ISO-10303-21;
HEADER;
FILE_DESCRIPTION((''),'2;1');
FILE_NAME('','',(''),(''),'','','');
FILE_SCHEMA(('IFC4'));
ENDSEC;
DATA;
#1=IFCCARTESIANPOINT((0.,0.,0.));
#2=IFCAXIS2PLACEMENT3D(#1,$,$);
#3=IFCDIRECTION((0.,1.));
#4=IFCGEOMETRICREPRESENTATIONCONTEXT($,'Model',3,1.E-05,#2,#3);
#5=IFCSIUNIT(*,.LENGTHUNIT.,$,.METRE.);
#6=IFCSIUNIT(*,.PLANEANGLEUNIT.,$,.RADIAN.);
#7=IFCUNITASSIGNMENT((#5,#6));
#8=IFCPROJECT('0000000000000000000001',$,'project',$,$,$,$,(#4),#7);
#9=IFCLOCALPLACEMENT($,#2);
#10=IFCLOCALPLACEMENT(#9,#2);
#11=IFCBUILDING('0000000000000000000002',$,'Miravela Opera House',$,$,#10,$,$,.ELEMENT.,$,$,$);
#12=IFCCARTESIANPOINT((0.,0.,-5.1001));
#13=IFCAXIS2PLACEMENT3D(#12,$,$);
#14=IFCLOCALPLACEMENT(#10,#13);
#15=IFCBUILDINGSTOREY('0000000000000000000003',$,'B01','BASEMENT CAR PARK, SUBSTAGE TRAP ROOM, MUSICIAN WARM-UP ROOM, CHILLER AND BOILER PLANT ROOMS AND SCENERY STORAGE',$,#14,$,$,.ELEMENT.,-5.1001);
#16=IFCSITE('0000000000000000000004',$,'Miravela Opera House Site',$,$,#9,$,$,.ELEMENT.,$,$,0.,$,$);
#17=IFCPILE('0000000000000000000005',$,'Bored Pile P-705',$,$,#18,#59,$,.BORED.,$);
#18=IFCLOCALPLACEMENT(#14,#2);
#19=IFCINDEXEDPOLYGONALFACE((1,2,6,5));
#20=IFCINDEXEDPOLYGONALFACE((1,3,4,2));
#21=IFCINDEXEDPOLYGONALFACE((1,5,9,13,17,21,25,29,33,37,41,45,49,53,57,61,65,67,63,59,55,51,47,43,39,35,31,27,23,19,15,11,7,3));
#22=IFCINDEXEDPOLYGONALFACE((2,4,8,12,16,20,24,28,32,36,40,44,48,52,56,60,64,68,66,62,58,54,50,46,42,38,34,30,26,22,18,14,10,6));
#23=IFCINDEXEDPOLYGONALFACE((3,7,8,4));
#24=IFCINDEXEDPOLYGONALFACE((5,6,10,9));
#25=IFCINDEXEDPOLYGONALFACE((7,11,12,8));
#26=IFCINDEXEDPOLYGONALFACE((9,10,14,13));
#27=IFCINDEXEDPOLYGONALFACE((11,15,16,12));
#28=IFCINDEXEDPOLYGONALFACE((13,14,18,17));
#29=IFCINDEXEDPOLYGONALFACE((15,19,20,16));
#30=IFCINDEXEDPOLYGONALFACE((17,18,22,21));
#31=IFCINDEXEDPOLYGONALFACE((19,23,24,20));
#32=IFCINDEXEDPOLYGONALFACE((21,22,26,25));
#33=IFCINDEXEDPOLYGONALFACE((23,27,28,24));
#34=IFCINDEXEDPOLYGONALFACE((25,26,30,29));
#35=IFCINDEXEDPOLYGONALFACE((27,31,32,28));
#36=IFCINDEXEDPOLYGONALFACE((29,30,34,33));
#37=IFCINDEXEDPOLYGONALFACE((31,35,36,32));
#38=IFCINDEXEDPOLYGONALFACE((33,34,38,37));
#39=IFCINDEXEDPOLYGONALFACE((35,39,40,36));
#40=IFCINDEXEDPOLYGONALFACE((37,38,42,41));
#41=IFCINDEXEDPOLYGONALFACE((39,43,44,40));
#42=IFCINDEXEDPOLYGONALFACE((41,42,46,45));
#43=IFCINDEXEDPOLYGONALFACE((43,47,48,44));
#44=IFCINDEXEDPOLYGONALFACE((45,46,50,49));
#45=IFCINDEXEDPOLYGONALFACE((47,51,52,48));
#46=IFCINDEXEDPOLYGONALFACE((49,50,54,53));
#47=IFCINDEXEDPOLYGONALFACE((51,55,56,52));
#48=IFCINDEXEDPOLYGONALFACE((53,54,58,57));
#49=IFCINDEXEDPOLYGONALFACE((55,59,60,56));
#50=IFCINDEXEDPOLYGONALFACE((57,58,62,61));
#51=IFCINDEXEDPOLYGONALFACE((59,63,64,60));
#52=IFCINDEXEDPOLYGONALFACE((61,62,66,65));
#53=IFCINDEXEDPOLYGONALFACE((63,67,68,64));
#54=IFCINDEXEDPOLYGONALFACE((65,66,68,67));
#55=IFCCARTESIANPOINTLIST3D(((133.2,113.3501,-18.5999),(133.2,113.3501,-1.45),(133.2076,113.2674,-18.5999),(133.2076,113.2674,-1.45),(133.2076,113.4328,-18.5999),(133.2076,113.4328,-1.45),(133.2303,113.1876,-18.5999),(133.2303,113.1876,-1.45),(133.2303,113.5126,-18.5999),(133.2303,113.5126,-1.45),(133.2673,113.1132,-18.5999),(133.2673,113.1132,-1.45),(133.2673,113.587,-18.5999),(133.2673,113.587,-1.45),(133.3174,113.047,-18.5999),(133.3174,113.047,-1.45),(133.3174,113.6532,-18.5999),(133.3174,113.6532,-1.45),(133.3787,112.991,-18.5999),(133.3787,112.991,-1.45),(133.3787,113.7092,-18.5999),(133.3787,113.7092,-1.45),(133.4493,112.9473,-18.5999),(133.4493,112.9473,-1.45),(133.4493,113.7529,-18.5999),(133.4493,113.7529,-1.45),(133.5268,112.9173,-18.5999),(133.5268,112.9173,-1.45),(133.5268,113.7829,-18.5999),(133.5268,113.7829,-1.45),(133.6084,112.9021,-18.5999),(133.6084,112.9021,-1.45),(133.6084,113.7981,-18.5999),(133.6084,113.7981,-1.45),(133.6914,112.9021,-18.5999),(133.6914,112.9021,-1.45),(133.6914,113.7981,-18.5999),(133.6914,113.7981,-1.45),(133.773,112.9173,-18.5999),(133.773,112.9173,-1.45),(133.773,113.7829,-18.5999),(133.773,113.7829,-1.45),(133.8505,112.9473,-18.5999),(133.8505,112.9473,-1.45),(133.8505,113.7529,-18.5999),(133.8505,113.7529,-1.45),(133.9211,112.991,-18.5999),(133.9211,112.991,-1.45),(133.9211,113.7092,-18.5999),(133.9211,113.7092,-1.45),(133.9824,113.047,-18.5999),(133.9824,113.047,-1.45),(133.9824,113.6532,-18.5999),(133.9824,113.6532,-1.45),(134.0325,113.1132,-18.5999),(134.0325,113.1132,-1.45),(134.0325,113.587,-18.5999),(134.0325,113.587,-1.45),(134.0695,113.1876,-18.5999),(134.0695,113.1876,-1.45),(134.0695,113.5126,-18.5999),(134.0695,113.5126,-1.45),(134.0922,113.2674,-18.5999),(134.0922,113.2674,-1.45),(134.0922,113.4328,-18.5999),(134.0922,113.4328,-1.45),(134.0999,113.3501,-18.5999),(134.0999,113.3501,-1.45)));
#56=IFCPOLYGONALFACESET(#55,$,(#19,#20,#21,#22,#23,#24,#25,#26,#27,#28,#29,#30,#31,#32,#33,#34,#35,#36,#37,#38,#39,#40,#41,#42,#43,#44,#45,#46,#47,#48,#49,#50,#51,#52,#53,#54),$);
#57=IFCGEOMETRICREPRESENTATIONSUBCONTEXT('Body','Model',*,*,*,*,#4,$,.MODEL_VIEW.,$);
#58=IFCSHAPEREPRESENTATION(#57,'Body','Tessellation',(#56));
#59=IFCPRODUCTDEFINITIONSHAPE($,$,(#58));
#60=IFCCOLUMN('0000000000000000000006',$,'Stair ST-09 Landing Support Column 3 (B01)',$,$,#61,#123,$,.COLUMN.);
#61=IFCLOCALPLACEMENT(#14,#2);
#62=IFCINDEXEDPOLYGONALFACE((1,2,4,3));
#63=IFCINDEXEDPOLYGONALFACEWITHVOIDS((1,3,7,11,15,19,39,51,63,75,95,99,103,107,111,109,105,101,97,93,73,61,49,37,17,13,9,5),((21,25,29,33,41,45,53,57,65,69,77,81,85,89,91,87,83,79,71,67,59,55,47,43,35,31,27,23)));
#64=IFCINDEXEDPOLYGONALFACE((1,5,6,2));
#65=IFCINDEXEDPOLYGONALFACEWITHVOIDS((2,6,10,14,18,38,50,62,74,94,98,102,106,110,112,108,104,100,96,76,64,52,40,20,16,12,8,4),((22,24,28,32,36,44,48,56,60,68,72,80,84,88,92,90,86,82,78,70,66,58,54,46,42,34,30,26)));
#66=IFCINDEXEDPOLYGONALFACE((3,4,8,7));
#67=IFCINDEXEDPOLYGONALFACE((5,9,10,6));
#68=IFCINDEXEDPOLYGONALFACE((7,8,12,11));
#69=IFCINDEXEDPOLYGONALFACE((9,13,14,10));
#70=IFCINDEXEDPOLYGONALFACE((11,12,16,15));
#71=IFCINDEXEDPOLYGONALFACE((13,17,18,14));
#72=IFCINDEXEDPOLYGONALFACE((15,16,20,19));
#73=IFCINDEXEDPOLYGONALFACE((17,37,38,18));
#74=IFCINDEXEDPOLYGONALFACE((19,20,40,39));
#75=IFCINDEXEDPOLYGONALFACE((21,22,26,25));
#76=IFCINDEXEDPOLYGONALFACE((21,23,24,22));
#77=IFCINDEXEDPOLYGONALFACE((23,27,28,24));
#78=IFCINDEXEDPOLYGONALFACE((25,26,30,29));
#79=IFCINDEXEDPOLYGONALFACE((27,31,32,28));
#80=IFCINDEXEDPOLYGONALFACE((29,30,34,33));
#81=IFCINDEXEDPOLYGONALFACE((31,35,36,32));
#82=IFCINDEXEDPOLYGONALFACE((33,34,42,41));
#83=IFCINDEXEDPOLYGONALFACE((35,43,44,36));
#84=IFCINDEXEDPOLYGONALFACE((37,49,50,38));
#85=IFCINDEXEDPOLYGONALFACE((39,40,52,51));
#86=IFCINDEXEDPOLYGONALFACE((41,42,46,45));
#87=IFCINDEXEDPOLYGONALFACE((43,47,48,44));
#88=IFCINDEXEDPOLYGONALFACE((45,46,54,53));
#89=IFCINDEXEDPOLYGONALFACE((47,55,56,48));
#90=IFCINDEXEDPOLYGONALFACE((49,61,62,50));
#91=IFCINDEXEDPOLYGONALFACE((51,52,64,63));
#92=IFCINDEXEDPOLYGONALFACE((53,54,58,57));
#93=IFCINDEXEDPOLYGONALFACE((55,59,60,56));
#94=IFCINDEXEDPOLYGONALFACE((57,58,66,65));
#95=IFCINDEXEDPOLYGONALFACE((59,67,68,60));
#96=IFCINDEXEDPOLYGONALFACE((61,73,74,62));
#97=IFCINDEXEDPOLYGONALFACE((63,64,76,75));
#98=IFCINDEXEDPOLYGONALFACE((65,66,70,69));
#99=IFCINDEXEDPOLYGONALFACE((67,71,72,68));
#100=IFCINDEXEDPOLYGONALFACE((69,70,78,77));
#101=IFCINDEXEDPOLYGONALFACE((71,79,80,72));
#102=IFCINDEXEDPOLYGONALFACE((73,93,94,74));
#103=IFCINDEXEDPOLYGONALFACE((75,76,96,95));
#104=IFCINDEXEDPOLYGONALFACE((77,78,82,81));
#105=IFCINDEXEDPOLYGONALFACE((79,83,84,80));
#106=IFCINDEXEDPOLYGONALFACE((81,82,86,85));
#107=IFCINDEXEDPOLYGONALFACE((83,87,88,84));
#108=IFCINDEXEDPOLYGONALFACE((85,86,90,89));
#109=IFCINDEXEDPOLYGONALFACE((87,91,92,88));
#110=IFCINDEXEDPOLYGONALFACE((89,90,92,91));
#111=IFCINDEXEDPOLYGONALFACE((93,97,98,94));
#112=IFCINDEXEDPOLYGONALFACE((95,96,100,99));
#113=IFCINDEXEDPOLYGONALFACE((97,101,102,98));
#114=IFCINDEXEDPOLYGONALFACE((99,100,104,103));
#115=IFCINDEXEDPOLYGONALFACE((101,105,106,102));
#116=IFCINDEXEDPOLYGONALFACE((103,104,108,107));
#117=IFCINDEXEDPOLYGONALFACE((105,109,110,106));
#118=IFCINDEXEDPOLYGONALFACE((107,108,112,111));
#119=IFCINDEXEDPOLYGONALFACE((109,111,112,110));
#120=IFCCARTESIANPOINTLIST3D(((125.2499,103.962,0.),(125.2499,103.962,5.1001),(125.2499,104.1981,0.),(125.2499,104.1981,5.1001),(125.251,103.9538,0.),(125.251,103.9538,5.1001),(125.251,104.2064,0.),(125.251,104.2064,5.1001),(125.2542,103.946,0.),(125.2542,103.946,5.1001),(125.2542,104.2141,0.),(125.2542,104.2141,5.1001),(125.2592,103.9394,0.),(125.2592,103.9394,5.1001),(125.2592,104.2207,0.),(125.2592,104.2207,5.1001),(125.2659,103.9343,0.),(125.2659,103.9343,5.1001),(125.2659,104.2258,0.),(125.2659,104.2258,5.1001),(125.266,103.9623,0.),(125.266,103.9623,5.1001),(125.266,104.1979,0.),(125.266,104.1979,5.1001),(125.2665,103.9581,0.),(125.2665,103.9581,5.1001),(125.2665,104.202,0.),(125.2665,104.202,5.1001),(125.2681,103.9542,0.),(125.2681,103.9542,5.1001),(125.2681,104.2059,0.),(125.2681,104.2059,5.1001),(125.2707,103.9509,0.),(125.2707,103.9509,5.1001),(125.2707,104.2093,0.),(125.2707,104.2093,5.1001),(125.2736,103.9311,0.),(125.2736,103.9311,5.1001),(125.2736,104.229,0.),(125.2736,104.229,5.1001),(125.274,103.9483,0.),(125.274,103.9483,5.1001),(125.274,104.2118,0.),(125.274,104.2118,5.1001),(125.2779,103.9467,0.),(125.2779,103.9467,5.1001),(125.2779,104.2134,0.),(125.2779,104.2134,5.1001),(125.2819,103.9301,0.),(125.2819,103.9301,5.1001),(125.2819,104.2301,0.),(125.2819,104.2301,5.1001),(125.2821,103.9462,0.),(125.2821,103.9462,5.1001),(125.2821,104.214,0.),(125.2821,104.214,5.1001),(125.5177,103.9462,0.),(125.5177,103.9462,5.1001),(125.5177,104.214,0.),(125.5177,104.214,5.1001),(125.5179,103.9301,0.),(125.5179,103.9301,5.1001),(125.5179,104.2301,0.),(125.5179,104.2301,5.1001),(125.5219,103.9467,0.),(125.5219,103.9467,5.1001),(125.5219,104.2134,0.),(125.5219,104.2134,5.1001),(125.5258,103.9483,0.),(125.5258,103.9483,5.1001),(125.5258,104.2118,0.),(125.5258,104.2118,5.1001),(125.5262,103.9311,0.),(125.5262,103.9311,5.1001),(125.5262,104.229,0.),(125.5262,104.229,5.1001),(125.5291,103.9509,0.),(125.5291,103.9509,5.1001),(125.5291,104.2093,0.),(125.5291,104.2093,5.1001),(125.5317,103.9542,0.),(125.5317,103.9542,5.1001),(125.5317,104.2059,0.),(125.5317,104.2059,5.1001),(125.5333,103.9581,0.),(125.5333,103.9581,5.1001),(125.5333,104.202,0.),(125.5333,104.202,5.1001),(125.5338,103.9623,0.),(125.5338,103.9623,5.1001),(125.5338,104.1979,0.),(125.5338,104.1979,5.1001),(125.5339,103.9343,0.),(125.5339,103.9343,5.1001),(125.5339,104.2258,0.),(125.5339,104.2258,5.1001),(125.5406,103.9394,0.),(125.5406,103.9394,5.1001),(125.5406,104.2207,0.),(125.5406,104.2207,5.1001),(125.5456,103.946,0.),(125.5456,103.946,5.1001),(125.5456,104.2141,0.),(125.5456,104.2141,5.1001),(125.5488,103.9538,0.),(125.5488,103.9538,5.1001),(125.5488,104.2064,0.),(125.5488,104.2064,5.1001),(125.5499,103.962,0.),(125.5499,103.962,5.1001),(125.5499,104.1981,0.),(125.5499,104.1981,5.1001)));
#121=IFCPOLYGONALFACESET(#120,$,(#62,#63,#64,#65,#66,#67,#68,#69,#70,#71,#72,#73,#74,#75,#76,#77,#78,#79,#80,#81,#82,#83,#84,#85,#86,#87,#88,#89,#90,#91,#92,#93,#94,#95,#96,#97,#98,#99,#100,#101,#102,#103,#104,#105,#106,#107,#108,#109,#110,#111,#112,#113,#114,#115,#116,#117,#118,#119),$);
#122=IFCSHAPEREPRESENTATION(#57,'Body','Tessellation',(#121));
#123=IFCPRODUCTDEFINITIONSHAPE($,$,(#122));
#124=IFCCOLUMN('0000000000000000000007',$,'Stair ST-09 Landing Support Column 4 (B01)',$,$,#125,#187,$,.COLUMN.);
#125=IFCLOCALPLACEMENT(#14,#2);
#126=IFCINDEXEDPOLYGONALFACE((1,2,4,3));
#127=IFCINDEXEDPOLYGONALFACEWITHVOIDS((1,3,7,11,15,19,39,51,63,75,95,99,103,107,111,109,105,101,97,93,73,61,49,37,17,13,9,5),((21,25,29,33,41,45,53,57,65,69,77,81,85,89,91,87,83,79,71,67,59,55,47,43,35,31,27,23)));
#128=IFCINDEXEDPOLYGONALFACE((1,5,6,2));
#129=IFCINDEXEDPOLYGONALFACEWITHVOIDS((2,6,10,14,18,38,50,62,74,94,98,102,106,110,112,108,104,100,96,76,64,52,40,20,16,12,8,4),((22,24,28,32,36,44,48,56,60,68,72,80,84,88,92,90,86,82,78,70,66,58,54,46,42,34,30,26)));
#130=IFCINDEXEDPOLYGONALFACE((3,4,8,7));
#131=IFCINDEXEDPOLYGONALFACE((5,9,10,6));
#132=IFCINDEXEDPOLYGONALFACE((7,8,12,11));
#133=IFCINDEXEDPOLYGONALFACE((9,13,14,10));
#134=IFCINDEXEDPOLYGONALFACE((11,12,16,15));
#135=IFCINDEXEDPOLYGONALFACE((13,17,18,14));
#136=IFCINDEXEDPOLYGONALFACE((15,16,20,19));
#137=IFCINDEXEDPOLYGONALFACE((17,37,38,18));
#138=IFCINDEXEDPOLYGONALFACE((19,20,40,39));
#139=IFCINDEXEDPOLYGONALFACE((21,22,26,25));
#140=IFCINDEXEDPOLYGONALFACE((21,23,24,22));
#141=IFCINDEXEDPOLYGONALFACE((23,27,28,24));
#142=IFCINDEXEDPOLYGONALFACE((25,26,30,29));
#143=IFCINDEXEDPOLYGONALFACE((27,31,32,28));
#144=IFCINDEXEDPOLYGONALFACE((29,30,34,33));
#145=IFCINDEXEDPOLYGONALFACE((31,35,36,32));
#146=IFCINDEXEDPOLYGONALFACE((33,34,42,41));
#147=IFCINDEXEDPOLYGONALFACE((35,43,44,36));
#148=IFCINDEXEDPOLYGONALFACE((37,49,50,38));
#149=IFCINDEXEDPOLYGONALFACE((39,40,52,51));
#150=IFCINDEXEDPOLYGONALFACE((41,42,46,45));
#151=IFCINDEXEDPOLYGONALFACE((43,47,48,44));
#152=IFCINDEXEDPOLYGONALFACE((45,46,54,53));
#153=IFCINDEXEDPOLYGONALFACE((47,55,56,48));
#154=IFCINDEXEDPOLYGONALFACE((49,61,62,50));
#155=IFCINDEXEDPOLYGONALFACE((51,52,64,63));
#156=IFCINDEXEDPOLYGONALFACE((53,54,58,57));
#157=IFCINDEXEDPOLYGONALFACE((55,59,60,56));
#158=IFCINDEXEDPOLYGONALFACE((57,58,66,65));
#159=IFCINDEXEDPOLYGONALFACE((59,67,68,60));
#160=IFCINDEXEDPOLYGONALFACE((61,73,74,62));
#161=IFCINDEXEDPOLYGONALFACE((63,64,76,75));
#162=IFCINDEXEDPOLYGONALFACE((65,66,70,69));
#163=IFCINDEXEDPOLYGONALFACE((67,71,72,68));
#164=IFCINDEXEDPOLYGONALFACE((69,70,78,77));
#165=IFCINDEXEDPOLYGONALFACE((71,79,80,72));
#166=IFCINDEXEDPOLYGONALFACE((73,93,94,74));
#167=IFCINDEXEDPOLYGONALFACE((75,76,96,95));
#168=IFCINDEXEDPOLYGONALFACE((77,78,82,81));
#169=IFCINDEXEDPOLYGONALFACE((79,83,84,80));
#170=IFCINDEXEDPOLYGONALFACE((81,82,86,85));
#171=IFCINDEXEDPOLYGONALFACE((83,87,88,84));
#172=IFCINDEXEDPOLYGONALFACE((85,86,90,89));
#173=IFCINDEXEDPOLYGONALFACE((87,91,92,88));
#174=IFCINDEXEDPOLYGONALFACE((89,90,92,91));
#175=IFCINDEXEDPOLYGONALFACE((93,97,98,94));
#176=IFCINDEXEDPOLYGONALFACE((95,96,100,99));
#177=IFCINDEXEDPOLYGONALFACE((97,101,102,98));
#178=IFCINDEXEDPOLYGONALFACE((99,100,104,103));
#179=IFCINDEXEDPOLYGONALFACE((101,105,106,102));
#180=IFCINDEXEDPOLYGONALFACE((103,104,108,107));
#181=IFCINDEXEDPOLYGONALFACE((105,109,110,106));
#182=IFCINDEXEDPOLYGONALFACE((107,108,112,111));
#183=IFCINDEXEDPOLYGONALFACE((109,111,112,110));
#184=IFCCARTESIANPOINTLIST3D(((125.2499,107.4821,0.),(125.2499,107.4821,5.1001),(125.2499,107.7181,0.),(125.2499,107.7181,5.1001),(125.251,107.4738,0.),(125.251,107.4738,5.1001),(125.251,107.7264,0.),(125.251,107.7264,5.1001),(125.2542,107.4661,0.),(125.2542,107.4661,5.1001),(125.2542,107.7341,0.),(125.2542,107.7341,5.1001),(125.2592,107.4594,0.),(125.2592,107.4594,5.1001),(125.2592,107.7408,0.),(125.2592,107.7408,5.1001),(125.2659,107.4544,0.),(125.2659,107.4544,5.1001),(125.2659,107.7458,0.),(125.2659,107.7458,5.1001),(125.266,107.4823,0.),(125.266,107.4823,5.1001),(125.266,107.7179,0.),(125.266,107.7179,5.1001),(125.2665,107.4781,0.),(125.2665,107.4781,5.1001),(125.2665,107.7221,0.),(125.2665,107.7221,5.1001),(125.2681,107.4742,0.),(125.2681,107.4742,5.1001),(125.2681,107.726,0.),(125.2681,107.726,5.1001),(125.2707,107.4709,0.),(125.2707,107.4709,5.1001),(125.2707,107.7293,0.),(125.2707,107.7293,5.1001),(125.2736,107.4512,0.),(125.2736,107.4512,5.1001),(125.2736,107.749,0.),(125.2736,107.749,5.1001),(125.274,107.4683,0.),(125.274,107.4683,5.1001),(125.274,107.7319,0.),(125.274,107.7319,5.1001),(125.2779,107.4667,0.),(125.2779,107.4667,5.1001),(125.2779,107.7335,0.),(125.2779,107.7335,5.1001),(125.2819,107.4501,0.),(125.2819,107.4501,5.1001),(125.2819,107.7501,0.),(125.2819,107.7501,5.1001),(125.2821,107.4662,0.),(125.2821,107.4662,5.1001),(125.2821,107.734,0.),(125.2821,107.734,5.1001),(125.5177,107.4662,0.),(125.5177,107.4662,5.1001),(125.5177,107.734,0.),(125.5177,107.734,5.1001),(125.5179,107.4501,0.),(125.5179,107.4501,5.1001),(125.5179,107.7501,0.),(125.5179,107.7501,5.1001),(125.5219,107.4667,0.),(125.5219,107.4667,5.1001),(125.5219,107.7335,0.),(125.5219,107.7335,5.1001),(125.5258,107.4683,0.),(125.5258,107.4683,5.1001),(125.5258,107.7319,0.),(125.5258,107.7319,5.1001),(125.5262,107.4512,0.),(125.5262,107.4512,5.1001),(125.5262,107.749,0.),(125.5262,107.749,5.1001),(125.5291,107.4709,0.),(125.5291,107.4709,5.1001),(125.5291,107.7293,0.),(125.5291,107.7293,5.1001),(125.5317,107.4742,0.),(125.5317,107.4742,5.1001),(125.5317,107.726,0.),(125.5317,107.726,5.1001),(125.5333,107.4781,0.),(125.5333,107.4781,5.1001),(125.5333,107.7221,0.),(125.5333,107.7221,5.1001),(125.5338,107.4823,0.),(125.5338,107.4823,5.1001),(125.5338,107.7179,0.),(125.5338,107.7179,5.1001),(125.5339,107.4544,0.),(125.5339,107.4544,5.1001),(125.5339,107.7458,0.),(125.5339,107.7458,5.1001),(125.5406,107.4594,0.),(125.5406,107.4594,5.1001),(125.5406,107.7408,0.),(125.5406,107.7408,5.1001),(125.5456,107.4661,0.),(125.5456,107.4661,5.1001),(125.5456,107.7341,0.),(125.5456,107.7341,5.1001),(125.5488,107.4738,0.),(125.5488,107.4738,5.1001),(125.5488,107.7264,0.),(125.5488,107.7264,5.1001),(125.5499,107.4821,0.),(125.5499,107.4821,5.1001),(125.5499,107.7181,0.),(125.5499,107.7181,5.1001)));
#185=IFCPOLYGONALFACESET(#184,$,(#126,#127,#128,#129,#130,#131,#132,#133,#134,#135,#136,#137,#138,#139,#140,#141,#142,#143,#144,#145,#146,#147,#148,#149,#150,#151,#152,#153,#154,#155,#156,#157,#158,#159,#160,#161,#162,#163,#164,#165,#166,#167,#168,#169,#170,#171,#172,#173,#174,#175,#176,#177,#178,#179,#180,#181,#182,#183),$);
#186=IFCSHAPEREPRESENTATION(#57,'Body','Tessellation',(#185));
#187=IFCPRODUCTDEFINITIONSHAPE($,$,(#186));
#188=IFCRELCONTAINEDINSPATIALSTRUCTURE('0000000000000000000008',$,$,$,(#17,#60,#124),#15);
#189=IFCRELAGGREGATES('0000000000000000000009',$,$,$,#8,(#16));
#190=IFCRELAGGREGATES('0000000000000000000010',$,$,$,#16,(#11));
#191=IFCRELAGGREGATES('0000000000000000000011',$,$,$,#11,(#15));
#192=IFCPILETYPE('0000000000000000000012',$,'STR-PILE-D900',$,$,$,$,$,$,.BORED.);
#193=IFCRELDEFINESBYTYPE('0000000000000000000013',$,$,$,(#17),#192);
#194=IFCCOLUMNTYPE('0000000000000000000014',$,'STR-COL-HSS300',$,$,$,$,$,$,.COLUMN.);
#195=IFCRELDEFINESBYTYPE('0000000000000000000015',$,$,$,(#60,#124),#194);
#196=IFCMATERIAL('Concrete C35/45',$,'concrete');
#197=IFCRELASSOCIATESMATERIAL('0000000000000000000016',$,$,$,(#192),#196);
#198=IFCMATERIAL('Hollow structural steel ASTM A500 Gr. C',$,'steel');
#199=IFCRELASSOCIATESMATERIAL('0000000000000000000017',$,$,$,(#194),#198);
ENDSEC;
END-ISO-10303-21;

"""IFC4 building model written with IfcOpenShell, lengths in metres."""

from ifc_helpers import new_model, si_unit, direction, frame, origin, origin_2d, place, context, subcontext, project, spatial, hollow_rectangle, circle, extrude, material, material_profile, profile_set, type_object, element, save


model = new_model("IFC4")

# Units and contexts
model_context = context("Model", 3, precision=1e-05, world=origin(), true_north=direction((0.0, 1.0)))
body_context = subcontext(model_context, "Body", "Model", "MODEL_VIEW")
ifc_project = project(units=[si_unit("LENGTHUNIT", "METRE"), si_unit("PLANEANGLEUNIT", "RADIAN")], contexts=[model_context])

# Site, building, storey
site_placement = place(None, origin())
site = spatial("IfcSite", under=ifc_project, at=site_placement, Name="Miravela Opera House Site", CompositionType="ELEMENT", RefElevation=0.0)
building_placement = place(site_placement, origin())
building = spatial("IfcBuilding", under=site, at=building_placement, Name="Miravela Opera House", CompositionType="ELEMENT")
storey_placement = place(building_placement, frame((0.0, 0.0, -5.1001)))
storey = spatial("IfcBuildingStorey", under=building, at=storey_placement, Name="B01", Description="BASEMENT CAR PARK, SUBSTAGE TRAP ROOM, MUSICIAN WARM-UP ROOM, CHILLER AND BOILER PLANT ROOMS AND SCENERY STORAGE", CompositionType="ELEMENT", Elevation=-5.1001)

# Shared definitions
ifc_material_1 = material(Name="Concrete C35/45", Category="concrete")

# Pile
ifc_material_profile_1 = material_profile(ifc_material_1, circle(Radius=0.45, at=origin_2d()), Name="PILE-D900")
ifc_profile_set_1 = profile_set([ifc_material_profile_1])
pile_type_1 = type_object("IfcPileType", Name="STR-PILE-D900", PredefinedType="BORED", material=ifc_profile_set_1)
for number, where, z_axis, x_axis, name in (
    (1, (133.6499, 113.3501, -1.45), (0.0, 0.0, -1.0), (1.0, 0.0, 0.0), "Bored Pile P-705"),
):
    element("IfcPile", number, at=place(storey_placement, frame(where, z_axis=z_axis, x_axis=x_axis)), inside=storey, type_object=pile_type_1, Name=name, PredefinedType="BORED", context=body_context, shape_type="SweptSolid", body=[
        extrude(circle(Radius=0.45, at=origin_2d()), origin(), (0.0, 0.0, 1.0), 17.1499),
    ])

# Columns
ifc_material_2 = material(Name="Hollow structural steel ASTM A500 Gr. C", Category="steel")
ifc_material_profile_2 = material_profile(ifc_material_2, hollow_rectangle(XDim=0.3, YDim=0.3, WallThickness=0.0161, InnerFilletRadius=0.0161, OuterFilletRadius=0.032, at=origin_2d()), Name="HSS300X300X16")
ifc_profile_set_2 = profile_set([ifc_material_profile_2])
column_type_1 = type_object("IfcColumnType", Name="STR-COL-HSS300", PredefinedType="COLUMN", material=ifc_profile_set_2)
for number, where, z_axis, x_axis, name in (
    (2, (125.3999, 104.0801, 0.0), (0.0, 0.0, 1.0), (1.0, 0.0, 0.0), "Stair ST-09 Landing Support Column 3 (B01)"),
    (3, (125.3999, 107.6001, 0.0), (0.0, 0.0, 1.0), (1.0, 0.0, 0.0), "Stair ST-09 Landing Support Column 4 (B01)"),
):
    element("IfcColumn", number, at=place(storey_placement, frame(where, z_axis=z_axis, x_axis=x_axis)), inside=storey, type_object=column_type_1, Name=name, PredefinedType="COLUMN", context=body_context, shape_type="SweptSolid", body=[
        extrude(hollow_rectangle(XDim=0.3, YDim=0.3, WallThickness=0.0161, InnerFilletRadius=0.0161, OuterFilletRadius=0.032, at=origin_2d()), origin(), (0.0, 0.0, 1.0), 5.1001),
    ])

save(model, "model.ifc")
